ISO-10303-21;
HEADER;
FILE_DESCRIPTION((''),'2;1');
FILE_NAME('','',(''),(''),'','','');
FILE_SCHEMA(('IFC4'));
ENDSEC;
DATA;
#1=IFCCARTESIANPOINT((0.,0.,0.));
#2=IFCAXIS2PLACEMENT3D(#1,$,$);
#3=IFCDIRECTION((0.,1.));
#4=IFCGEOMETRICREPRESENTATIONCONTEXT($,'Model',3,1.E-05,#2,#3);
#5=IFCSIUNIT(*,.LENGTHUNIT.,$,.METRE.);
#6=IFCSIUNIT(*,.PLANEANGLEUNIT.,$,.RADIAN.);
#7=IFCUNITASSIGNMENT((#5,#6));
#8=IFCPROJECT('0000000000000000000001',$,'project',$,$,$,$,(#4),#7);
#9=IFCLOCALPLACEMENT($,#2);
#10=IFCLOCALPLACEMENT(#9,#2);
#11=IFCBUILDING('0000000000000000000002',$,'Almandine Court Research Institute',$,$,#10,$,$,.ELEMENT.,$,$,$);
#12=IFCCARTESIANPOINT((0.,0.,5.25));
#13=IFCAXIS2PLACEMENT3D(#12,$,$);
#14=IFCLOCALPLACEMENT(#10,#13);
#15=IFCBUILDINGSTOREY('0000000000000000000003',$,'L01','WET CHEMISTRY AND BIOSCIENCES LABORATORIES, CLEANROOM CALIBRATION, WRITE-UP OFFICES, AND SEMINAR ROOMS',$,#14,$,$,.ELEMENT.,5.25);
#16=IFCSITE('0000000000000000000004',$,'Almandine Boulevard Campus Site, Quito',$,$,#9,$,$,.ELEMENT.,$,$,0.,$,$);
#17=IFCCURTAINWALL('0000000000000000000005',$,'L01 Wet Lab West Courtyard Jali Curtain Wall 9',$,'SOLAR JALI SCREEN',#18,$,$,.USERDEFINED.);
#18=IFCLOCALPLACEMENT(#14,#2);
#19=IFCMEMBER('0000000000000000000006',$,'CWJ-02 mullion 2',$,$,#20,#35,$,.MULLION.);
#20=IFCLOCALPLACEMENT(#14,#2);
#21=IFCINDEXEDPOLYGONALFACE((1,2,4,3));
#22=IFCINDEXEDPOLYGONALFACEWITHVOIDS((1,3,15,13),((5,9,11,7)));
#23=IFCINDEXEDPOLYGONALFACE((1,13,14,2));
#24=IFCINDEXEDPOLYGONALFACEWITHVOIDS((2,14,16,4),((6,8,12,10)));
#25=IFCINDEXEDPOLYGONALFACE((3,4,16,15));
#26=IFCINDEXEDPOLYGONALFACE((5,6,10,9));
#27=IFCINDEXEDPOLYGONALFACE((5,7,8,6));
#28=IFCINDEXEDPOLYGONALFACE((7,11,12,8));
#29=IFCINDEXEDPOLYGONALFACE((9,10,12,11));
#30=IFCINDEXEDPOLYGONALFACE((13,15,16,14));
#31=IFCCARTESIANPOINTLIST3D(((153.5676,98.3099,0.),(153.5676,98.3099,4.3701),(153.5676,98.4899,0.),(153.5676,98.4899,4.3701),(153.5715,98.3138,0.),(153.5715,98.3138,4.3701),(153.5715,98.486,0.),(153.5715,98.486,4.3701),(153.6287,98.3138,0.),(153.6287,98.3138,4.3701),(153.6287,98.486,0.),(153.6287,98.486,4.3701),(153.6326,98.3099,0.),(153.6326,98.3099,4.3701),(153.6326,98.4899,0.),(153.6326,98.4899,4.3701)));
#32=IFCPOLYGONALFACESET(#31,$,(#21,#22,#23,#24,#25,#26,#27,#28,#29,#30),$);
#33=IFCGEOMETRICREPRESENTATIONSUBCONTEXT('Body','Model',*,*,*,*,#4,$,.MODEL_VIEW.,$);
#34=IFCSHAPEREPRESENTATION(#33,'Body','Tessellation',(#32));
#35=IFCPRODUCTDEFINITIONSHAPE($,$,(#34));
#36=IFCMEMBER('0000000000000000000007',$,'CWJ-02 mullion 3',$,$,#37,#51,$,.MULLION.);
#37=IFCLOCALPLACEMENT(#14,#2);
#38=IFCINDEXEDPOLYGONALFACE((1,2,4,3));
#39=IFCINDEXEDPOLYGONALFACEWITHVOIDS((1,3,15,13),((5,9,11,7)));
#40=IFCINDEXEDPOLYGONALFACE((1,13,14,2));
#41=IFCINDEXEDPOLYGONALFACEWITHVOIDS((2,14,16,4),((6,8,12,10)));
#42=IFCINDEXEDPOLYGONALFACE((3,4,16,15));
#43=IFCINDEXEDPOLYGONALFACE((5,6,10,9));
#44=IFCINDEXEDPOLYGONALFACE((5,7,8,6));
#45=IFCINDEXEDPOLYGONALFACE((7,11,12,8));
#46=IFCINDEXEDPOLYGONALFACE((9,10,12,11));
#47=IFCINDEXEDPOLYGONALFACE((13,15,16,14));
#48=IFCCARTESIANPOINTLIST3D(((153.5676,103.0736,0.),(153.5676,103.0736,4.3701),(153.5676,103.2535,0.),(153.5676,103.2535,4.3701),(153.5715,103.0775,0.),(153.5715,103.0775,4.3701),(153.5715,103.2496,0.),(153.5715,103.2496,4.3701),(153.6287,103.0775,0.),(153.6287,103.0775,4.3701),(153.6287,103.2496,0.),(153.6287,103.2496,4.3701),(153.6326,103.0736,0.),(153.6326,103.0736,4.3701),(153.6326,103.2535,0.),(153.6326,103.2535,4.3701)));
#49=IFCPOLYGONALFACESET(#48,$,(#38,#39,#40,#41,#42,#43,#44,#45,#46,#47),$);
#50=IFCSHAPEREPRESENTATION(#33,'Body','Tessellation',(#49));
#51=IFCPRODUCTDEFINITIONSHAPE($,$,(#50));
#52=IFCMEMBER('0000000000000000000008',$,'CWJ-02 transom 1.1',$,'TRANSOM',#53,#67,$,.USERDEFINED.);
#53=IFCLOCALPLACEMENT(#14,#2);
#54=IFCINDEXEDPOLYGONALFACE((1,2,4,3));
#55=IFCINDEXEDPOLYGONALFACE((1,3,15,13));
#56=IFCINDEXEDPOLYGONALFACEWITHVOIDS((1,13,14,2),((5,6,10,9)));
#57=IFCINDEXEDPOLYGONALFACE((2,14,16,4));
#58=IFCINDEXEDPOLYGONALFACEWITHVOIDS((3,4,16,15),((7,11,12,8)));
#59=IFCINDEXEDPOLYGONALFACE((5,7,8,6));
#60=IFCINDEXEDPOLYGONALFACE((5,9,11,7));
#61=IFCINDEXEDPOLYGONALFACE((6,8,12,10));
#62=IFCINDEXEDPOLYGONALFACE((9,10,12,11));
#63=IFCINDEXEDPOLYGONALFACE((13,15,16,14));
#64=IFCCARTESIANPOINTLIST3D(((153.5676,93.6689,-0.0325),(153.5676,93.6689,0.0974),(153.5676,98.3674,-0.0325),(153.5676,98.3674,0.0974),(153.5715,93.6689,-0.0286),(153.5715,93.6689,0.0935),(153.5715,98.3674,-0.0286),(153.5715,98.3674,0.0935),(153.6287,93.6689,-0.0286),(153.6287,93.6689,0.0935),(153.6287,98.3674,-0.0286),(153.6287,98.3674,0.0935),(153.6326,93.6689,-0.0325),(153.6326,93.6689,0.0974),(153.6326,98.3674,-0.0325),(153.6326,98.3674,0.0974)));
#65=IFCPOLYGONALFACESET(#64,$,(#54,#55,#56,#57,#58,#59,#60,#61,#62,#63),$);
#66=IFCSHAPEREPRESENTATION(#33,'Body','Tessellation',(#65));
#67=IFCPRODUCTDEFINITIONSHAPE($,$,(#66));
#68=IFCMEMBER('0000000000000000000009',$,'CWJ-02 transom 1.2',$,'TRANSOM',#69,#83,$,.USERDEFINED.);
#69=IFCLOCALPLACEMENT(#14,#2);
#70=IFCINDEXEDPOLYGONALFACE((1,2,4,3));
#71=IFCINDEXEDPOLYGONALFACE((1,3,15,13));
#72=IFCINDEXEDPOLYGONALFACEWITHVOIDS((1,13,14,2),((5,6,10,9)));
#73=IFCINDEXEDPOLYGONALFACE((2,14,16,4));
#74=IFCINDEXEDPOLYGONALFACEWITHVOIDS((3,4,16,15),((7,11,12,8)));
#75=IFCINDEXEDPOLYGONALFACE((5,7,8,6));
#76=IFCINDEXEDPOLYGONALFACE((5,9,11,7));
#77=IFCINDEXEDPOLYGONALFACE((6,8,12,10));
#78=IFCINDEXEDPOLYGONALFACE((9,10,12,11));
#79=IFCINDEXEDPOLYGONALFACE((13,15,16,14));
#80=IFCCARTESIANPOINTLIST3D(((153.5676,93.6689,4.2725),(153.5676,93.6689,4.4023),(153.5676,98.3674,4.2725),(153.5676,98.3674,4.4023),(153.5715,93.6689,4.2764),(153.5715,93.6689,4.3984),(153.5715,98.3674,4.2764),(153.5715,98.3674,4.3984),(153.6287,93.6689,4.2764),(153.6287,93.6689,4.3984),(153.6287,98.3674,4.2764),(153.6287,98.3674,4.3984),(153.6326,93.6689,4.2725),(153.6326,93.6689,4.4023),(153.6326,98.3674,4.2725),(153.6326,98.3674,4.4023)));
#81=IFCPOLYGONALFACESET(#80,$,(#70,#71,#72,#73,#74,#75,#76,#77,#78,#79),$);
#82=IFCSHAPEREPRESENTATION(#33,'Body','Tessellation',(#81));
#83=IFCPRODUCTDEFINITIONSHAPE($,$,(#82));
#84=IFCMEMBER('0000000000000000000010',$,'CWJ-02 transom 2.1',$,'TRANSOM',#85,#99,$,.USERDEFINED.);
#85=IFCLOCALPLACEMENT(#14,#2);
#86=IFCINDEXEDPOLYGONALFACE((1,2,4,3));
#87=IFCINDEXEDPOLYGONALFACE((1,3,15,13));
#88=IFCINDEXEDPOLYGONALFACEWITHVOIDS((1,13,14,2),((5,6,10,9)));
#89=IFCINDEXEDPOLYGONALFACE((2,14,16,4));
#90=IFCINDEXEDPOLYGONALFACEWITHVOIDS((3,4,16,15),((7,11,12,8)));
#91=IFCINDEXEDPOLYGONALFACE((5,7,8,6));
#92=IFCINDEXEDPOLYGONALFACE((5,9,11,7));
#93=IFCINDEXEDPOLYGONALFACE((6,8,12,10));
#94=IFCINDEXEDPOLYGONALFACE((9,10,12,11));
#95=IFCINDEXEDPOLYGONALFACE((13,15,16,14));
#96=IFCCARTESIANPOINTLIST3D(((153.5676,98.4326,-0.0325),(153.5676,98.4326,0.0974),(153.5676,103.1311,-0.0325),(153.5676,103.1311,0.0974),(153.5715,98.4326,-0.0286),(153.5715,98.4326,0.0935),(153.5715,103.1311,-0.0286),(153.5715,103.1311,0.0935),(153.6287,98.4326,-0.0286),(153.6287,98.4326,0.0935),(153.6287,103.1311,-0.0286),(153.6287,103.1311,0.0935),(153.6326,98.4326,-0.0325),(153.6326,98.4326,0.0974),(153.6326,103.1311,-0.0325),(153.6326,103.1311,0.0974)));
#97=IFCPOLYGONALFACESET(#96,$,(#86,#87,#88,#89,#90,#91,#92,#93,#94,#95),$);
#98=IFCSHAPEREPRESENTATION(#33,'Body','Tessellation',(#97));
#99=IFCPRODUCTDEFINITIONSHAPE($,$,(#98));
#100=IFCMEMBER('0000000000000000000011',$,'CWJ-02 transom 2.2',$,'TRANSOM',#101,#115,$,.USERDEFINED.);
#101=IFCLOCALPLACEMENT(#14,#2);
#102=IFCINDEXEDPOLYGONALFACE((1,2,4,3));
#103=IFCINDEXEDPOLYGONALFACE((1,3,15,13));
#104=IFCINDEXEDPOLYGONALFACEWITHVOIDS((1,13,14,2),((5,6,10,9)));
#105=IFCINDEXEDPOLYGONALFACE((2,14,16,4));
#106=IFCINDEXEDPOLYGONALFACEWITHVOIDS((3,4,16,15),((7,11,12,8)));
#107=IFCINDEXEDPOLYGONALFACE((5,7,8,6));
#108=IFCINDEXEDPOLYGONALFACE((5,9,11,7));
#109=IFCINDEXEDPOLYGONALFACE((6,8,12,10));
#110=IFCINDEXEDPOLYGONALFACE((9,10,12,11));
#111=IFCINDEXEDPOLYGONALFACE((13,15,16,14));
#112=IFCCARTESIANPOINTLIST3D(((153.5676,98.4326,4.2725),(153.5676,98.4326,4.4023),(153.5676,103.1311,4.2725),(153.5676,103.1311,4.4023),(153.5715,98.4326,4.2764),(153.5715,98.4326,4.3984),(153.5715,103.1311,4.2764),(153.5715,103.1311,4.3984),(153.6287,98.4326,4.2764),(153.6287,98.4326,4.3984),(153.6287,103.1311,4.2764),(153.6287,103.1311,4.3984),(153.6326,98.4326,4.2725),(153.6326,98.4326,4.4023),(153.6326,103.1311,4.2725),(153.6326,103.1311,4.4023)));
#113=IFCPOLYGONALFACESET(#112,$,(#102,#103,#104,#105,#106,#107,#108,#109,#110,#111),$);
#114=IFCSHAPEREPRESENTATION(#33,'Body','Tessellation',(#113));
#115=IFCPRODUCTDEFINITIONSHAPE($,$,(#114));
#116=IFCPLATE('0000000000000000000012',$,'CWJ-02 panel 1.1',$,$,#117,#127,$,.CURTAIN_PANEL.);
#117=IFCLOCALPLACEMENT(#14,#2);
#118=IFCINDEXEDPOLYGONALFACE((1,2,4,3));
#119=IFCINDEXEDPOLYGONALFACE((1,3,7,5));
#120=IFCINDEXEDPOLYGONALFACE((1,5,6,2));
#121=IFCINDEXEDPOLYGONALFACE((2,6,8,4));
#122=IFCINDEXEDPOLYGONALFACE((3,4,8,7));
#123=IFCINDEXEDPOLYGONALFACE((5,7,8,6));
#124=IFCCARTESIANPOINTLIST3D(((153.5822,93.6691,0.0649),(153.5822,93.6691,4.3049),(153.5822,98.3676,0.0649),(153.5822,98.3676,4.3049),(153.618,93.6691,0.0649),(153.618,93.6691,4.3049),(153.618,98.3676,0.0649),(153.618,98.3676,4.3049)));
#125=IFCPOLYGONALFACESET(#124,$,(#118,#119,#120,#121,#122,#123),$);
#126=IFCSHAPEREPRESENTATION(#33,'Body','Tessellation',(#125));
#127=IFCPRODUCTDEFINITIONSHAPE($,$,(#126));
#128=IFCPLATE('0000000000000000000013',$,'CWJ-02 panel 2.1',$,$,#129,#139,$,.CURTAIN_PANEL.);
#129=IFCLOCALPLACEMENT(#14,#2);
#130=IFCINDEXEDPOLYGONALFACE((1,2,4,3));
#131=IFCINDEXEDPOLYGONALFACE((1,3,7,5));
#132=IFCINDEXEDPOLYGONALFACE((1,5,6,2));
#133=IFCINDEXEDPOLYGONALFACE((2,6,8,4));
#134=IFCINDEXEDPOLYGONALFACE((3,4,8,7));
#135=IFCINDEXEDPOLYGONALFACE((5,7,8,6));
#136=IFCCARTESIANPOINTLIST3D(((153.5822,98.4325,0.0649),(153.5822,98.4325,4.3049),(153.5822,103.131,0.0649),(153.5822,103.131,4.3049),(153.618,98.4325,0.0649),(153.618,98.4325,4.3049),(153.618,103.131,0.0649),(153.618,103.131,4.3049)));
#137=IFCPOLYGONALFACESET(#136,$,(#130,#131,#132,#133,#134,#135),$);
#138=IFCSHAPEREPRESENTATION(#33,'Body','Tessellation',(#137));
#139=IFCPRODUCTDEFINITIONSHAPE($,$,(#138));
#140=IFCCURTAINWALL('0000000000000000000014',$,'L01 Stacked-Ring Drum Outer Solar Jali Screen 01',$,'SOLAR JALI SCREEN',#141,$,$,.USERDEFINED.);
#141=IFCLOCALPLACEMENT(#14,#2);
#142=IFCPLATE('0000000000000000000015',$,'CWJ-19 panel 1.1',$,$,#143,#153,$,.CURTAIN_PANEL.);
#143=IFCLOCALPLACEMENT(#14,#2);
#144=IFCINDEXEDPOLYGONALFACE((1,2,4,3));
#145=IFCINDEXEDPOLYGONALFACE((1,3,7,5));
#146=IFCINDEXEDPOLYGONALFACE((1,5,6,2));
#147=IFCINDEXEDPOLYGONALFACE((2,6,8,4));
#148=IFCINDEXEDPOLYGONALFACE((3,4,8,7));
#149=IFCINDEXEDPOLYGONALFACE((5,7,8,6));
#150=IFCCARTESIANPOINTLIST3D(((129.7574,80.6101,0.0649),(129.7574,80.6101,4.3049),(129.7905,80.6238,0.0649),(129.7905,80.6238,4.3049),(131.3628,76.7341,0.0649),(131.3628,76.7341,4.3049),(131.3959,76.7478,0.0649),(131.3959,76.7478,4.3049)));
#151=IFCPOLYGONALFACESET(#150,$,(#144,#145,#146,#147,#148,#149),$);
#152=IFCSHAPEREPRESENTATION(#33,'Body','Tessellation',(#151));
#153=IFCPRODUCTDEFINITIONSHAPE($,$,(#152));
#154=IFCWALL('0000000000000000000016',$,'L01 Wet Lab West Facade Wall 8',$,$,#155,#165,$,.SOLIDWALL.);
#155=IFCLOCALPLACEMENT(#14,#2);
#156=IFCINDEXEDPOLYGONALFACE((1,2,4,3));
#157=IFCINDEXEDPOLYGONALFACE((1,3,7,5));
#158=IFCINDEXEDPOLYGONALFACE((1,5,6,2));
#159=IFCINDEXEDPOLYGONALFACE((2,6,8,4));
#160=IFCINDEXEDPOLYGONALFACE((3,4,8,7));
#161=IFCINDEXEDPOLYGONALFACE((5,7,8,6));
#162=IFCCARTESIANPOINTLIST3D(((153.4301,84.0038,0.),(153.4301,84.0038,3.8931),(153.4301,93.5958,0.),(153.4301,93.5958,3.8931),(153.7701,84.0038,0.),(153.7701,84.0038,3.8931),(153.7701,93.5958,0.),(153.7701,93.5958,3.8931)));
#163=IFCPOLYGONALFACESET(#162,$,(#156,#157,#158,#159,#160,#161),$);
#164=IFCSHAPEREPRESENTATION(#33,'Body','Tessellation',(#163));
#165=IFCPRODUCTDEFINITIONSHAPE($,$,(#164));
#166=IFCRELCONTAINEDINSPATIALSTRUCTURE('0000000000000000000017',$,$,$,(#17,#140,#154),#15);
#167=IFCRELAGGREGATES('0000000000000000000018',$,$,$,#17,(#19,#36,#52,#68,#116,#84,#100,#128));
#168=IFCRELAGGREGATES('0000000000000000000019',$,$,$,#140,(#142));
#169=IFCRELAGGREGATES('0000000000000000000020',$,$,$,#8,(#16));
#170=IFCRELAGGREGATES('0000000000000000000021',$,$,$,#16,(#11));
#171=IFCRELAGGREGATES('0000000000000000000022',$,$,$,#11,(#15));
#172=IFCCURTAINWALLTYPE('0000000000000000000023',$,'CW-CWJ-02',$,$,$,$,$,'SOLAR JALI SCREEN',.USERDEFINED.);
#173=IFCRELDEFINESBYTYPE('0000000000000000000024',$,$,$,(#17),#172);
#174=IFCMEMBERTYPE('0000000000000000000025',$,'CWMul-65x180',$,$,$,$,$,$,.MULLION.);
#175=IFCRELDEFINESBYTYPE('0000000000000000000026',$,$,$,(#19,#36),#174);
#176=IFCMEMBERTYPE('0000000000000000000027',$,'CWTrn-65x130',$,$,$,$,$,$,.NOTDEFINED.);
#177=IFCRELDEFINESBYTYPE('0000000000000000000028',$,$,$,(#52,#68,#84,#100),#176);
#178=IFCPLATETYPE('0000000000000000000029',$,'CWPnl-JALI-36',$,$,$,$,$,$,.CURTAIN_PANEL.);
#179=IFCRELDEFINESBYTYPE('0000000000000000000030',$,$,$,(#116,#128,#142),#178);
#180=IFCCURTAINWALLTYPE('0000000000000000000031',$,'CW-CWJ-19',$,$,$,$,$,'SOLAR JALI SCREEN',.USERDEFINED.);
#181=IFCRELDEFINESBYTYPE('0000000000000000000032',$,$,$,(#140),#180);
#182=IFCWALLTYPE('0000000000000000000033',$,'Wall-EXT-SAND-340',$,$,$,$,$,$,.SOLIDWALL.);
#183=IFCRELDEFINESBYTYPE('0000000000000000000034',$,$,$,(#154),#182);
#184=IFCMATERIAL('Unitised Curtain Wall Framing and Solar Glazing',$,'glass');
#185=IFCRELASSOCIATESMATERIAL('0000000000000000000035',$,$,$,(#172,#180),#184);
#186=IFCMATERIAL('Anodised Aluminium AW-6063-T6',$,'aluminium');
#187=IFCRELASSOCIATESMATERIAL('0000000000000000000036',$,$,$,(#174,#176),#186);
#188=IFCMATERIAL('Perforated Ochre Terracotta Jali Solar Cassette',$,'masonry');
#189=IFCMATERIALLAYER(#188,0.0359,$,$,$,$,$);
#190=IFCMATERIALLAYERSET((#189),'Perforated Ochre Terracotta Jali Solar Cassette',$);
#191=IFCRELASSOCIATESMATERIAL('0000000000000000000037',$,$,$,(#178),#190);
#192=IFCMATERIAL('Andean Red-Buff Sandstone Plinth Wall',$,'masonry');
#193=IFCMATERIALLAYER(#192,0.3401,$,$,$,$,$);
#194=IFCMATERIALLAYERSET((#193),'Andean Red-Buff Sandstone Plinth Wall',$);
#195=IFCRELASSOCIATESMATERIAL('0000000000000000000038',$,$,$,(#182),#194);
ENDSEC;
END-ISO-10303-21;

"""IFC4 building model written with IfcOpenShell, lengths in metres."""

from ifc_helpers import new_model, si_unit, direction, frame, frame_2d, origin, origin_2d, place, context, subcontext, project, spatial, rectangle, hollow_rectangle, extrude, material, layer, layer_set, material_profile, profile_set, type_object, element, aggregate, save


model = new_model("IFC4")

# Units and contexts
model_context = context("Model", 3, precision=1e-05, world=origin(), true_north=direction((0.0, 1.0)))
body_context = subcontext(model_context, "Body", "Model", "MODEL_VIEW")
ifc_project = project(units=[si_unit("LENGTHUNIT", "METRE"), si_unit("PLANEANGLEUNIT", "RADIAN")], contexts=[model_context])

# Site, building, storey
site_placement = place(None, origin())
site = spatial("IfcSite", under=ifc_project, at=site_placement, Name="Almandine Boulevard Campus Site, Quito", CompositionType="ELEMENT", RefElevation=0.0)
building_placement = place(site_placement, origin())
building = spatial("IfcBuilding", under=site, at=building_placement, Name="Almandine Court Research Institute", CompositionType="ELEMENT")
storey_placement = place(building_placement, frame((0.0, 0.0, 5.25)))
storey = spatial("IfcBuildingStorey", under=building, at=storey_placement, Name="L01", Description="WET CHEMISTRY AND BIOSCIENCES LABORATORIES, CLEANROOM CALIBRATION, WRITE-UP OFFICES, AND SEMINAR ROOMS", CompositionType="ELEMENT", Elevation=5.25)

# Curtain wall, members, plates
ifc_material_1 = material(Name="Unitised Curtain Wall Framing and Solar Glazing", Category="glass")
curtain_wall_type_1 = type_object("IfcCurtainWallType", Name="CW-CWJ-02", ElementType="SOLAR JALI SCREEN", PredefinedType="USERDEFINED", material=ifc_material_1)
curtain_wall_1_placement = place(storey_placement, origin())
curtain_wall_1 = element("IfcCurtainWall", 1, at=curtain_wall_1_placement, inside=storey, type_object=curtain_wall_type_1, Name="L01 Wet Lab West Courtyard Jali Curtain Wall 9", ObjectType="SOLAR JALI SCREEN", PredefinedType="USERDEFINED")
ifc_material_2 = material(Name="Anodised Aluminium AW-6063-T6", Category="aluminium")
ifc_material_profile_1 = material_profile(ifc_material_2, hollow_rectangle(XDim=0.0649, YDim=0.1799, WallThickness=0.0039, at=origin_2d()), Name="ALU RHS 65x180x4")
ifc_profile_set_1 = profile_set([ifc_material_profile_1], Name="Anodised Aluminium AW-6063-T6")
member_type_1 = type_object("IfcMemberType", Name="CWMul-65x180", PredefinedType="MULLION", material=ifc_profile_set_1)
member_1_placement = place(storey_placement, frame((153.6001, 98.3999, 0.0), z_axis=(0.0, 0.0, 1.0), x_axis=(-1.0, 0.0, 0.0)))
member_1 = element("IfcMember", 2, at=member_1_placement, type_object=member_type_1, Name="CWJ-02 mullion 2", PredefinedType="MULLION", context=body_context, shape_type="SweptSolid", body=[
    extrude(hollow_rectangle(XDim=0.0649, YDim=0.1799, WallThickness=0.0039, at=origin_2d()), origin(), (0.0, 0.0, 1.0), 4.3701),
])
member_2_placement = place(storey_placement, frame((153.6001, 103.1636, 0.0), z_axis=(0.0, 0.0, 1.0), x_axis=(-1.0, 0.0, 0.0)))
member_2 = element("IfcMember", 3, at=member_2_placement, type_object=member_type_1, Name="CWJ-02 mullion 3", PredefinedType="MULLION", context=body_context, shape_type="SweptSolid", body=[
    extrude(hollow_rectangle(XDim=0.0649, YDim=0.1799, WallThickness=0.0039, at=origin_2d()), origin(), (0.0, 0.0, 1.0), 4.3701),
])
ifc_material_profile_2 = material_profile(ifc_material_2, hollow_rectangle(XDim=0.0649, YDim=0.1299, WallThickness=0.0039, at=origin_2d()), Name="ALU RHS 65x130x4")
ifc_profile_set_2 = profile_set([ifc_material_profile_2], Name="Anodised Aluminium AW-6063-T6")
member_type_2 = type_object("IfcMemberType", Name="CWTrn-65x130", PredefinedType="NOTDEFINED", material=ifc_profile_set_2)
member_3_placement = place(storey_placement, frame((153.6001, 93.6689, 0.0325), z_axis=(0.0, 1.0, 0.0), x_axis=(-1.0, 0.0, 0.0)))
member_3 = element("IfcMember", 4, at=member_3_placement, type_object=member_type_2, Name="CWJ-02 transom 1.1", ObjectType="TRANSOM", PredefinedType="USERDEFINED", context=body_context, shape_type="SweptSolid", body=[
    extrude(hollow_rectangle(XDim=0.0649, YDim=0.1299, WallThickness=0.0039, at=origin_2d()), origin(), (0.0, 0.0, 1.0), 4.6985),
])
member_4_placement = place(storey_placement, frame((153.6001, 93.6689, 4.3374), z_axis=(0.0, 1.0, 0.0), x_axis=(-1.0, 0.0, 0.0)))
member_4 = element("IfcMember", 5, at=member_4_placement, type_object=member_type_2, Name="CWJ-02 transom 1.2", ObjectType="TRANSOM", PredefinedType="USERDEFINED", context=body_context, shape_type="SweptSolid", body=[
    extrude(hollow_rectangle(XDim=0.0649, YDim=0.1299, WallThickness=0.0039, at=origin_2d()), origin(), (0.0, 0.0, 1.0), 4.6985),
])
member_5_placement = place(storey_placement, frame((153.6001, 98.4326, 0.0325), z_axis=(0.0, 1.0, 0.0), x_axis=(-1.0, 0.0, 0.0)))
member_5 = element("IfcMember", 6, at=member_5_placement, type_object=member_type_2, Name="CWJ-02 transom 2.1", ObjectType="TRANSOM", PredefinedType="USERDEFINED", context=body_context, shape_type="SweptSolid", body=[
    extrude(hollow_rectangle(XDim=0.0649, YDim=0.1299, WallThickness=0.0039, at=origin_2d()), origin(), (0.0, 0.0, 1.0), 4.6985),
])
member_6_placement = place(storey_placement, frame((153.6001, 98.4326, 4.3374), z_axis=(0.0, 1.0, 0.0), x_axis=(-1.0, 0.0, 0.0)))
member_6 = element("IfcMember", 7, at=member_6_placement, type_object=member_type_2, Name="CWJ-02 transom 2.2", ObjectType="TRANSOM", PredefinedType="USERDEFINED", context=body_context, shape_type="SweptSolid", body=[
    extrude(hollow_rectangle(XDim=0.0649, YDim=0.1299, WallThickness=0.0039, at=origin_2d()), origin(), (0.0, 0.0, 1.0), 4.6985),
])
ifc_material_3 = material(Name="Perforated Ochre Terracotta Jali Solar Cassette", Category="masonry")
ifc_layer_1 = layer(ifc_material_3, 0.0359)
ifc_layer_set_1 = layer_set([ifc_layer_1], Name="Perforated Ochre Terracotta Jali Solar Cassette")
plate_type = type_object("IfcPlateType", Name="CWPnl-JALI-36", PredefinedType="CURTAIN_PANEL", material=ifc_layer_set_1)
plate_1_placement = place(storey_placement, frame((153.6001, 96.0183, 0.0649), z_axis=(0.0, 0.0, 1.0), x_axis=(0.0, 1.0, 0.0)))
plate_1 = element("IfcPlate", 8, at=plate_1_placement, type_object=plate_type, Name="CWJ-02 panel 1.1", PredefinedType="CURTAIN_PANEL", context=body_context, shape_type="SweptSolid", body=[
    extrude(rectangle(XDim=4.6985, YDim=0.0359, at=origin_2d()), origin(), (0.0, 0.0, 1.0), 4.24),
])
plate_2_placement = place(storey_placement, frame((153.6001, 100.7817, 0.0649), z_axis=(0.0, 0.0, 1.0), x_axis=(0.0, 1.0, 0.0)))
plate_2 = element("IfcPlate", 9, at=plate_2_placement, type_object=plate_type, Name="CWJ-02 panel 2.1", PredefinedType="CURTAIN_PANEL", context=body_context, shape_type="SweptSolid", body=[
    extrude(rectangle(XDim=4.6985, YDim=0.0359, at=origin_2d()), origin(), (0.0, 0.0, 1.0), 4.24),
])
aggregate(curtain_wall_1, [member_1, member_2, member_3, member_4, plate_1, member_5, member_6, plate_2])

# Curtain wall, plate
curtain_wall_type_2 = type_object("IfcCurtainWallType", Name="CW-CWJ-19", ElementType="SOLAR JALI SCREEN", PredefinedType="USERDEFINED", material=ifc_material_1)
curtain_wall_2_placement = place(storey_placement, origin())
curtain_wall_2 = element("IfcCurtainWall", 10, at=curtain_wall_2_placement, inside=storey, type_object=curtain_wall_type_2, Name="L01 Stacked-Ring Drum Outer Solar Jali Screen 01", ObjectType="SOLAR JALI SCREEN", PredefinedType="USERDEFINED")
plate_3_placement = place(storey_placement, frame((130.5767, 78.679, 0.0649), z_axis=(0.0, 0.0, 1.0), x_axis=(0.382663, -0.923888, 0.0)))
plate_3 = element("IfcPlate", 11, at=plate_3_placement, type_object=plate_type, Name="CWJ-19 panel 1.1", PredefinedType="CURTAIN_PANEL", context=body_context, shape_type="SweptSolid", body=[
    extrude(rectangle(XDim=4.1953, YDim=0.0359, at=origin_2d()), origin(), (0.0, 0.0, 1.0), 4.24),
])
aggregate(curtain_wall_2, [plate_3])

# Wall
ifc_material_4 = material(Name="Andean Red-Buff Sandstone Plinth Wall", Category="masonry")
ifc_layer_2 = layer(ifc_material_4, 0.3401)
ifc_layer_set_2 = layer_set([ifc_layer_2], Name="Andean Red-Buff Sandstone Plinth Wall")
wall_type_1 = type_object("IfcWallType", Name="Wall-EXT-SAND-340", PredefinedType="SOLIDWALL", material=ifc_layer_set_2)
wall_1_placement = place(storey_placement, frame((153.6001, 84.0039, 0.0), z_axis=(0.0, 0.0, 1.0), x_axis=(0.0, 1.0, 0.0)))
element("IfcWall", 12, at=wall_1_placement, inside=storey, type_object=wall_type_1, Name="L01 Wet Lab West Facade Wall 8", PredefinedType="SOLIDWALL", context=body_context, shape_type="SweptSolid", body=[
    extrude(rectangle(XDim=9.592, YDim=0.3401, at=frame_2d((4.7959, 0.0))), origin(), (0.0, 0.0, 1.0), 3.8931),
])

save(model, "model.ifc")
